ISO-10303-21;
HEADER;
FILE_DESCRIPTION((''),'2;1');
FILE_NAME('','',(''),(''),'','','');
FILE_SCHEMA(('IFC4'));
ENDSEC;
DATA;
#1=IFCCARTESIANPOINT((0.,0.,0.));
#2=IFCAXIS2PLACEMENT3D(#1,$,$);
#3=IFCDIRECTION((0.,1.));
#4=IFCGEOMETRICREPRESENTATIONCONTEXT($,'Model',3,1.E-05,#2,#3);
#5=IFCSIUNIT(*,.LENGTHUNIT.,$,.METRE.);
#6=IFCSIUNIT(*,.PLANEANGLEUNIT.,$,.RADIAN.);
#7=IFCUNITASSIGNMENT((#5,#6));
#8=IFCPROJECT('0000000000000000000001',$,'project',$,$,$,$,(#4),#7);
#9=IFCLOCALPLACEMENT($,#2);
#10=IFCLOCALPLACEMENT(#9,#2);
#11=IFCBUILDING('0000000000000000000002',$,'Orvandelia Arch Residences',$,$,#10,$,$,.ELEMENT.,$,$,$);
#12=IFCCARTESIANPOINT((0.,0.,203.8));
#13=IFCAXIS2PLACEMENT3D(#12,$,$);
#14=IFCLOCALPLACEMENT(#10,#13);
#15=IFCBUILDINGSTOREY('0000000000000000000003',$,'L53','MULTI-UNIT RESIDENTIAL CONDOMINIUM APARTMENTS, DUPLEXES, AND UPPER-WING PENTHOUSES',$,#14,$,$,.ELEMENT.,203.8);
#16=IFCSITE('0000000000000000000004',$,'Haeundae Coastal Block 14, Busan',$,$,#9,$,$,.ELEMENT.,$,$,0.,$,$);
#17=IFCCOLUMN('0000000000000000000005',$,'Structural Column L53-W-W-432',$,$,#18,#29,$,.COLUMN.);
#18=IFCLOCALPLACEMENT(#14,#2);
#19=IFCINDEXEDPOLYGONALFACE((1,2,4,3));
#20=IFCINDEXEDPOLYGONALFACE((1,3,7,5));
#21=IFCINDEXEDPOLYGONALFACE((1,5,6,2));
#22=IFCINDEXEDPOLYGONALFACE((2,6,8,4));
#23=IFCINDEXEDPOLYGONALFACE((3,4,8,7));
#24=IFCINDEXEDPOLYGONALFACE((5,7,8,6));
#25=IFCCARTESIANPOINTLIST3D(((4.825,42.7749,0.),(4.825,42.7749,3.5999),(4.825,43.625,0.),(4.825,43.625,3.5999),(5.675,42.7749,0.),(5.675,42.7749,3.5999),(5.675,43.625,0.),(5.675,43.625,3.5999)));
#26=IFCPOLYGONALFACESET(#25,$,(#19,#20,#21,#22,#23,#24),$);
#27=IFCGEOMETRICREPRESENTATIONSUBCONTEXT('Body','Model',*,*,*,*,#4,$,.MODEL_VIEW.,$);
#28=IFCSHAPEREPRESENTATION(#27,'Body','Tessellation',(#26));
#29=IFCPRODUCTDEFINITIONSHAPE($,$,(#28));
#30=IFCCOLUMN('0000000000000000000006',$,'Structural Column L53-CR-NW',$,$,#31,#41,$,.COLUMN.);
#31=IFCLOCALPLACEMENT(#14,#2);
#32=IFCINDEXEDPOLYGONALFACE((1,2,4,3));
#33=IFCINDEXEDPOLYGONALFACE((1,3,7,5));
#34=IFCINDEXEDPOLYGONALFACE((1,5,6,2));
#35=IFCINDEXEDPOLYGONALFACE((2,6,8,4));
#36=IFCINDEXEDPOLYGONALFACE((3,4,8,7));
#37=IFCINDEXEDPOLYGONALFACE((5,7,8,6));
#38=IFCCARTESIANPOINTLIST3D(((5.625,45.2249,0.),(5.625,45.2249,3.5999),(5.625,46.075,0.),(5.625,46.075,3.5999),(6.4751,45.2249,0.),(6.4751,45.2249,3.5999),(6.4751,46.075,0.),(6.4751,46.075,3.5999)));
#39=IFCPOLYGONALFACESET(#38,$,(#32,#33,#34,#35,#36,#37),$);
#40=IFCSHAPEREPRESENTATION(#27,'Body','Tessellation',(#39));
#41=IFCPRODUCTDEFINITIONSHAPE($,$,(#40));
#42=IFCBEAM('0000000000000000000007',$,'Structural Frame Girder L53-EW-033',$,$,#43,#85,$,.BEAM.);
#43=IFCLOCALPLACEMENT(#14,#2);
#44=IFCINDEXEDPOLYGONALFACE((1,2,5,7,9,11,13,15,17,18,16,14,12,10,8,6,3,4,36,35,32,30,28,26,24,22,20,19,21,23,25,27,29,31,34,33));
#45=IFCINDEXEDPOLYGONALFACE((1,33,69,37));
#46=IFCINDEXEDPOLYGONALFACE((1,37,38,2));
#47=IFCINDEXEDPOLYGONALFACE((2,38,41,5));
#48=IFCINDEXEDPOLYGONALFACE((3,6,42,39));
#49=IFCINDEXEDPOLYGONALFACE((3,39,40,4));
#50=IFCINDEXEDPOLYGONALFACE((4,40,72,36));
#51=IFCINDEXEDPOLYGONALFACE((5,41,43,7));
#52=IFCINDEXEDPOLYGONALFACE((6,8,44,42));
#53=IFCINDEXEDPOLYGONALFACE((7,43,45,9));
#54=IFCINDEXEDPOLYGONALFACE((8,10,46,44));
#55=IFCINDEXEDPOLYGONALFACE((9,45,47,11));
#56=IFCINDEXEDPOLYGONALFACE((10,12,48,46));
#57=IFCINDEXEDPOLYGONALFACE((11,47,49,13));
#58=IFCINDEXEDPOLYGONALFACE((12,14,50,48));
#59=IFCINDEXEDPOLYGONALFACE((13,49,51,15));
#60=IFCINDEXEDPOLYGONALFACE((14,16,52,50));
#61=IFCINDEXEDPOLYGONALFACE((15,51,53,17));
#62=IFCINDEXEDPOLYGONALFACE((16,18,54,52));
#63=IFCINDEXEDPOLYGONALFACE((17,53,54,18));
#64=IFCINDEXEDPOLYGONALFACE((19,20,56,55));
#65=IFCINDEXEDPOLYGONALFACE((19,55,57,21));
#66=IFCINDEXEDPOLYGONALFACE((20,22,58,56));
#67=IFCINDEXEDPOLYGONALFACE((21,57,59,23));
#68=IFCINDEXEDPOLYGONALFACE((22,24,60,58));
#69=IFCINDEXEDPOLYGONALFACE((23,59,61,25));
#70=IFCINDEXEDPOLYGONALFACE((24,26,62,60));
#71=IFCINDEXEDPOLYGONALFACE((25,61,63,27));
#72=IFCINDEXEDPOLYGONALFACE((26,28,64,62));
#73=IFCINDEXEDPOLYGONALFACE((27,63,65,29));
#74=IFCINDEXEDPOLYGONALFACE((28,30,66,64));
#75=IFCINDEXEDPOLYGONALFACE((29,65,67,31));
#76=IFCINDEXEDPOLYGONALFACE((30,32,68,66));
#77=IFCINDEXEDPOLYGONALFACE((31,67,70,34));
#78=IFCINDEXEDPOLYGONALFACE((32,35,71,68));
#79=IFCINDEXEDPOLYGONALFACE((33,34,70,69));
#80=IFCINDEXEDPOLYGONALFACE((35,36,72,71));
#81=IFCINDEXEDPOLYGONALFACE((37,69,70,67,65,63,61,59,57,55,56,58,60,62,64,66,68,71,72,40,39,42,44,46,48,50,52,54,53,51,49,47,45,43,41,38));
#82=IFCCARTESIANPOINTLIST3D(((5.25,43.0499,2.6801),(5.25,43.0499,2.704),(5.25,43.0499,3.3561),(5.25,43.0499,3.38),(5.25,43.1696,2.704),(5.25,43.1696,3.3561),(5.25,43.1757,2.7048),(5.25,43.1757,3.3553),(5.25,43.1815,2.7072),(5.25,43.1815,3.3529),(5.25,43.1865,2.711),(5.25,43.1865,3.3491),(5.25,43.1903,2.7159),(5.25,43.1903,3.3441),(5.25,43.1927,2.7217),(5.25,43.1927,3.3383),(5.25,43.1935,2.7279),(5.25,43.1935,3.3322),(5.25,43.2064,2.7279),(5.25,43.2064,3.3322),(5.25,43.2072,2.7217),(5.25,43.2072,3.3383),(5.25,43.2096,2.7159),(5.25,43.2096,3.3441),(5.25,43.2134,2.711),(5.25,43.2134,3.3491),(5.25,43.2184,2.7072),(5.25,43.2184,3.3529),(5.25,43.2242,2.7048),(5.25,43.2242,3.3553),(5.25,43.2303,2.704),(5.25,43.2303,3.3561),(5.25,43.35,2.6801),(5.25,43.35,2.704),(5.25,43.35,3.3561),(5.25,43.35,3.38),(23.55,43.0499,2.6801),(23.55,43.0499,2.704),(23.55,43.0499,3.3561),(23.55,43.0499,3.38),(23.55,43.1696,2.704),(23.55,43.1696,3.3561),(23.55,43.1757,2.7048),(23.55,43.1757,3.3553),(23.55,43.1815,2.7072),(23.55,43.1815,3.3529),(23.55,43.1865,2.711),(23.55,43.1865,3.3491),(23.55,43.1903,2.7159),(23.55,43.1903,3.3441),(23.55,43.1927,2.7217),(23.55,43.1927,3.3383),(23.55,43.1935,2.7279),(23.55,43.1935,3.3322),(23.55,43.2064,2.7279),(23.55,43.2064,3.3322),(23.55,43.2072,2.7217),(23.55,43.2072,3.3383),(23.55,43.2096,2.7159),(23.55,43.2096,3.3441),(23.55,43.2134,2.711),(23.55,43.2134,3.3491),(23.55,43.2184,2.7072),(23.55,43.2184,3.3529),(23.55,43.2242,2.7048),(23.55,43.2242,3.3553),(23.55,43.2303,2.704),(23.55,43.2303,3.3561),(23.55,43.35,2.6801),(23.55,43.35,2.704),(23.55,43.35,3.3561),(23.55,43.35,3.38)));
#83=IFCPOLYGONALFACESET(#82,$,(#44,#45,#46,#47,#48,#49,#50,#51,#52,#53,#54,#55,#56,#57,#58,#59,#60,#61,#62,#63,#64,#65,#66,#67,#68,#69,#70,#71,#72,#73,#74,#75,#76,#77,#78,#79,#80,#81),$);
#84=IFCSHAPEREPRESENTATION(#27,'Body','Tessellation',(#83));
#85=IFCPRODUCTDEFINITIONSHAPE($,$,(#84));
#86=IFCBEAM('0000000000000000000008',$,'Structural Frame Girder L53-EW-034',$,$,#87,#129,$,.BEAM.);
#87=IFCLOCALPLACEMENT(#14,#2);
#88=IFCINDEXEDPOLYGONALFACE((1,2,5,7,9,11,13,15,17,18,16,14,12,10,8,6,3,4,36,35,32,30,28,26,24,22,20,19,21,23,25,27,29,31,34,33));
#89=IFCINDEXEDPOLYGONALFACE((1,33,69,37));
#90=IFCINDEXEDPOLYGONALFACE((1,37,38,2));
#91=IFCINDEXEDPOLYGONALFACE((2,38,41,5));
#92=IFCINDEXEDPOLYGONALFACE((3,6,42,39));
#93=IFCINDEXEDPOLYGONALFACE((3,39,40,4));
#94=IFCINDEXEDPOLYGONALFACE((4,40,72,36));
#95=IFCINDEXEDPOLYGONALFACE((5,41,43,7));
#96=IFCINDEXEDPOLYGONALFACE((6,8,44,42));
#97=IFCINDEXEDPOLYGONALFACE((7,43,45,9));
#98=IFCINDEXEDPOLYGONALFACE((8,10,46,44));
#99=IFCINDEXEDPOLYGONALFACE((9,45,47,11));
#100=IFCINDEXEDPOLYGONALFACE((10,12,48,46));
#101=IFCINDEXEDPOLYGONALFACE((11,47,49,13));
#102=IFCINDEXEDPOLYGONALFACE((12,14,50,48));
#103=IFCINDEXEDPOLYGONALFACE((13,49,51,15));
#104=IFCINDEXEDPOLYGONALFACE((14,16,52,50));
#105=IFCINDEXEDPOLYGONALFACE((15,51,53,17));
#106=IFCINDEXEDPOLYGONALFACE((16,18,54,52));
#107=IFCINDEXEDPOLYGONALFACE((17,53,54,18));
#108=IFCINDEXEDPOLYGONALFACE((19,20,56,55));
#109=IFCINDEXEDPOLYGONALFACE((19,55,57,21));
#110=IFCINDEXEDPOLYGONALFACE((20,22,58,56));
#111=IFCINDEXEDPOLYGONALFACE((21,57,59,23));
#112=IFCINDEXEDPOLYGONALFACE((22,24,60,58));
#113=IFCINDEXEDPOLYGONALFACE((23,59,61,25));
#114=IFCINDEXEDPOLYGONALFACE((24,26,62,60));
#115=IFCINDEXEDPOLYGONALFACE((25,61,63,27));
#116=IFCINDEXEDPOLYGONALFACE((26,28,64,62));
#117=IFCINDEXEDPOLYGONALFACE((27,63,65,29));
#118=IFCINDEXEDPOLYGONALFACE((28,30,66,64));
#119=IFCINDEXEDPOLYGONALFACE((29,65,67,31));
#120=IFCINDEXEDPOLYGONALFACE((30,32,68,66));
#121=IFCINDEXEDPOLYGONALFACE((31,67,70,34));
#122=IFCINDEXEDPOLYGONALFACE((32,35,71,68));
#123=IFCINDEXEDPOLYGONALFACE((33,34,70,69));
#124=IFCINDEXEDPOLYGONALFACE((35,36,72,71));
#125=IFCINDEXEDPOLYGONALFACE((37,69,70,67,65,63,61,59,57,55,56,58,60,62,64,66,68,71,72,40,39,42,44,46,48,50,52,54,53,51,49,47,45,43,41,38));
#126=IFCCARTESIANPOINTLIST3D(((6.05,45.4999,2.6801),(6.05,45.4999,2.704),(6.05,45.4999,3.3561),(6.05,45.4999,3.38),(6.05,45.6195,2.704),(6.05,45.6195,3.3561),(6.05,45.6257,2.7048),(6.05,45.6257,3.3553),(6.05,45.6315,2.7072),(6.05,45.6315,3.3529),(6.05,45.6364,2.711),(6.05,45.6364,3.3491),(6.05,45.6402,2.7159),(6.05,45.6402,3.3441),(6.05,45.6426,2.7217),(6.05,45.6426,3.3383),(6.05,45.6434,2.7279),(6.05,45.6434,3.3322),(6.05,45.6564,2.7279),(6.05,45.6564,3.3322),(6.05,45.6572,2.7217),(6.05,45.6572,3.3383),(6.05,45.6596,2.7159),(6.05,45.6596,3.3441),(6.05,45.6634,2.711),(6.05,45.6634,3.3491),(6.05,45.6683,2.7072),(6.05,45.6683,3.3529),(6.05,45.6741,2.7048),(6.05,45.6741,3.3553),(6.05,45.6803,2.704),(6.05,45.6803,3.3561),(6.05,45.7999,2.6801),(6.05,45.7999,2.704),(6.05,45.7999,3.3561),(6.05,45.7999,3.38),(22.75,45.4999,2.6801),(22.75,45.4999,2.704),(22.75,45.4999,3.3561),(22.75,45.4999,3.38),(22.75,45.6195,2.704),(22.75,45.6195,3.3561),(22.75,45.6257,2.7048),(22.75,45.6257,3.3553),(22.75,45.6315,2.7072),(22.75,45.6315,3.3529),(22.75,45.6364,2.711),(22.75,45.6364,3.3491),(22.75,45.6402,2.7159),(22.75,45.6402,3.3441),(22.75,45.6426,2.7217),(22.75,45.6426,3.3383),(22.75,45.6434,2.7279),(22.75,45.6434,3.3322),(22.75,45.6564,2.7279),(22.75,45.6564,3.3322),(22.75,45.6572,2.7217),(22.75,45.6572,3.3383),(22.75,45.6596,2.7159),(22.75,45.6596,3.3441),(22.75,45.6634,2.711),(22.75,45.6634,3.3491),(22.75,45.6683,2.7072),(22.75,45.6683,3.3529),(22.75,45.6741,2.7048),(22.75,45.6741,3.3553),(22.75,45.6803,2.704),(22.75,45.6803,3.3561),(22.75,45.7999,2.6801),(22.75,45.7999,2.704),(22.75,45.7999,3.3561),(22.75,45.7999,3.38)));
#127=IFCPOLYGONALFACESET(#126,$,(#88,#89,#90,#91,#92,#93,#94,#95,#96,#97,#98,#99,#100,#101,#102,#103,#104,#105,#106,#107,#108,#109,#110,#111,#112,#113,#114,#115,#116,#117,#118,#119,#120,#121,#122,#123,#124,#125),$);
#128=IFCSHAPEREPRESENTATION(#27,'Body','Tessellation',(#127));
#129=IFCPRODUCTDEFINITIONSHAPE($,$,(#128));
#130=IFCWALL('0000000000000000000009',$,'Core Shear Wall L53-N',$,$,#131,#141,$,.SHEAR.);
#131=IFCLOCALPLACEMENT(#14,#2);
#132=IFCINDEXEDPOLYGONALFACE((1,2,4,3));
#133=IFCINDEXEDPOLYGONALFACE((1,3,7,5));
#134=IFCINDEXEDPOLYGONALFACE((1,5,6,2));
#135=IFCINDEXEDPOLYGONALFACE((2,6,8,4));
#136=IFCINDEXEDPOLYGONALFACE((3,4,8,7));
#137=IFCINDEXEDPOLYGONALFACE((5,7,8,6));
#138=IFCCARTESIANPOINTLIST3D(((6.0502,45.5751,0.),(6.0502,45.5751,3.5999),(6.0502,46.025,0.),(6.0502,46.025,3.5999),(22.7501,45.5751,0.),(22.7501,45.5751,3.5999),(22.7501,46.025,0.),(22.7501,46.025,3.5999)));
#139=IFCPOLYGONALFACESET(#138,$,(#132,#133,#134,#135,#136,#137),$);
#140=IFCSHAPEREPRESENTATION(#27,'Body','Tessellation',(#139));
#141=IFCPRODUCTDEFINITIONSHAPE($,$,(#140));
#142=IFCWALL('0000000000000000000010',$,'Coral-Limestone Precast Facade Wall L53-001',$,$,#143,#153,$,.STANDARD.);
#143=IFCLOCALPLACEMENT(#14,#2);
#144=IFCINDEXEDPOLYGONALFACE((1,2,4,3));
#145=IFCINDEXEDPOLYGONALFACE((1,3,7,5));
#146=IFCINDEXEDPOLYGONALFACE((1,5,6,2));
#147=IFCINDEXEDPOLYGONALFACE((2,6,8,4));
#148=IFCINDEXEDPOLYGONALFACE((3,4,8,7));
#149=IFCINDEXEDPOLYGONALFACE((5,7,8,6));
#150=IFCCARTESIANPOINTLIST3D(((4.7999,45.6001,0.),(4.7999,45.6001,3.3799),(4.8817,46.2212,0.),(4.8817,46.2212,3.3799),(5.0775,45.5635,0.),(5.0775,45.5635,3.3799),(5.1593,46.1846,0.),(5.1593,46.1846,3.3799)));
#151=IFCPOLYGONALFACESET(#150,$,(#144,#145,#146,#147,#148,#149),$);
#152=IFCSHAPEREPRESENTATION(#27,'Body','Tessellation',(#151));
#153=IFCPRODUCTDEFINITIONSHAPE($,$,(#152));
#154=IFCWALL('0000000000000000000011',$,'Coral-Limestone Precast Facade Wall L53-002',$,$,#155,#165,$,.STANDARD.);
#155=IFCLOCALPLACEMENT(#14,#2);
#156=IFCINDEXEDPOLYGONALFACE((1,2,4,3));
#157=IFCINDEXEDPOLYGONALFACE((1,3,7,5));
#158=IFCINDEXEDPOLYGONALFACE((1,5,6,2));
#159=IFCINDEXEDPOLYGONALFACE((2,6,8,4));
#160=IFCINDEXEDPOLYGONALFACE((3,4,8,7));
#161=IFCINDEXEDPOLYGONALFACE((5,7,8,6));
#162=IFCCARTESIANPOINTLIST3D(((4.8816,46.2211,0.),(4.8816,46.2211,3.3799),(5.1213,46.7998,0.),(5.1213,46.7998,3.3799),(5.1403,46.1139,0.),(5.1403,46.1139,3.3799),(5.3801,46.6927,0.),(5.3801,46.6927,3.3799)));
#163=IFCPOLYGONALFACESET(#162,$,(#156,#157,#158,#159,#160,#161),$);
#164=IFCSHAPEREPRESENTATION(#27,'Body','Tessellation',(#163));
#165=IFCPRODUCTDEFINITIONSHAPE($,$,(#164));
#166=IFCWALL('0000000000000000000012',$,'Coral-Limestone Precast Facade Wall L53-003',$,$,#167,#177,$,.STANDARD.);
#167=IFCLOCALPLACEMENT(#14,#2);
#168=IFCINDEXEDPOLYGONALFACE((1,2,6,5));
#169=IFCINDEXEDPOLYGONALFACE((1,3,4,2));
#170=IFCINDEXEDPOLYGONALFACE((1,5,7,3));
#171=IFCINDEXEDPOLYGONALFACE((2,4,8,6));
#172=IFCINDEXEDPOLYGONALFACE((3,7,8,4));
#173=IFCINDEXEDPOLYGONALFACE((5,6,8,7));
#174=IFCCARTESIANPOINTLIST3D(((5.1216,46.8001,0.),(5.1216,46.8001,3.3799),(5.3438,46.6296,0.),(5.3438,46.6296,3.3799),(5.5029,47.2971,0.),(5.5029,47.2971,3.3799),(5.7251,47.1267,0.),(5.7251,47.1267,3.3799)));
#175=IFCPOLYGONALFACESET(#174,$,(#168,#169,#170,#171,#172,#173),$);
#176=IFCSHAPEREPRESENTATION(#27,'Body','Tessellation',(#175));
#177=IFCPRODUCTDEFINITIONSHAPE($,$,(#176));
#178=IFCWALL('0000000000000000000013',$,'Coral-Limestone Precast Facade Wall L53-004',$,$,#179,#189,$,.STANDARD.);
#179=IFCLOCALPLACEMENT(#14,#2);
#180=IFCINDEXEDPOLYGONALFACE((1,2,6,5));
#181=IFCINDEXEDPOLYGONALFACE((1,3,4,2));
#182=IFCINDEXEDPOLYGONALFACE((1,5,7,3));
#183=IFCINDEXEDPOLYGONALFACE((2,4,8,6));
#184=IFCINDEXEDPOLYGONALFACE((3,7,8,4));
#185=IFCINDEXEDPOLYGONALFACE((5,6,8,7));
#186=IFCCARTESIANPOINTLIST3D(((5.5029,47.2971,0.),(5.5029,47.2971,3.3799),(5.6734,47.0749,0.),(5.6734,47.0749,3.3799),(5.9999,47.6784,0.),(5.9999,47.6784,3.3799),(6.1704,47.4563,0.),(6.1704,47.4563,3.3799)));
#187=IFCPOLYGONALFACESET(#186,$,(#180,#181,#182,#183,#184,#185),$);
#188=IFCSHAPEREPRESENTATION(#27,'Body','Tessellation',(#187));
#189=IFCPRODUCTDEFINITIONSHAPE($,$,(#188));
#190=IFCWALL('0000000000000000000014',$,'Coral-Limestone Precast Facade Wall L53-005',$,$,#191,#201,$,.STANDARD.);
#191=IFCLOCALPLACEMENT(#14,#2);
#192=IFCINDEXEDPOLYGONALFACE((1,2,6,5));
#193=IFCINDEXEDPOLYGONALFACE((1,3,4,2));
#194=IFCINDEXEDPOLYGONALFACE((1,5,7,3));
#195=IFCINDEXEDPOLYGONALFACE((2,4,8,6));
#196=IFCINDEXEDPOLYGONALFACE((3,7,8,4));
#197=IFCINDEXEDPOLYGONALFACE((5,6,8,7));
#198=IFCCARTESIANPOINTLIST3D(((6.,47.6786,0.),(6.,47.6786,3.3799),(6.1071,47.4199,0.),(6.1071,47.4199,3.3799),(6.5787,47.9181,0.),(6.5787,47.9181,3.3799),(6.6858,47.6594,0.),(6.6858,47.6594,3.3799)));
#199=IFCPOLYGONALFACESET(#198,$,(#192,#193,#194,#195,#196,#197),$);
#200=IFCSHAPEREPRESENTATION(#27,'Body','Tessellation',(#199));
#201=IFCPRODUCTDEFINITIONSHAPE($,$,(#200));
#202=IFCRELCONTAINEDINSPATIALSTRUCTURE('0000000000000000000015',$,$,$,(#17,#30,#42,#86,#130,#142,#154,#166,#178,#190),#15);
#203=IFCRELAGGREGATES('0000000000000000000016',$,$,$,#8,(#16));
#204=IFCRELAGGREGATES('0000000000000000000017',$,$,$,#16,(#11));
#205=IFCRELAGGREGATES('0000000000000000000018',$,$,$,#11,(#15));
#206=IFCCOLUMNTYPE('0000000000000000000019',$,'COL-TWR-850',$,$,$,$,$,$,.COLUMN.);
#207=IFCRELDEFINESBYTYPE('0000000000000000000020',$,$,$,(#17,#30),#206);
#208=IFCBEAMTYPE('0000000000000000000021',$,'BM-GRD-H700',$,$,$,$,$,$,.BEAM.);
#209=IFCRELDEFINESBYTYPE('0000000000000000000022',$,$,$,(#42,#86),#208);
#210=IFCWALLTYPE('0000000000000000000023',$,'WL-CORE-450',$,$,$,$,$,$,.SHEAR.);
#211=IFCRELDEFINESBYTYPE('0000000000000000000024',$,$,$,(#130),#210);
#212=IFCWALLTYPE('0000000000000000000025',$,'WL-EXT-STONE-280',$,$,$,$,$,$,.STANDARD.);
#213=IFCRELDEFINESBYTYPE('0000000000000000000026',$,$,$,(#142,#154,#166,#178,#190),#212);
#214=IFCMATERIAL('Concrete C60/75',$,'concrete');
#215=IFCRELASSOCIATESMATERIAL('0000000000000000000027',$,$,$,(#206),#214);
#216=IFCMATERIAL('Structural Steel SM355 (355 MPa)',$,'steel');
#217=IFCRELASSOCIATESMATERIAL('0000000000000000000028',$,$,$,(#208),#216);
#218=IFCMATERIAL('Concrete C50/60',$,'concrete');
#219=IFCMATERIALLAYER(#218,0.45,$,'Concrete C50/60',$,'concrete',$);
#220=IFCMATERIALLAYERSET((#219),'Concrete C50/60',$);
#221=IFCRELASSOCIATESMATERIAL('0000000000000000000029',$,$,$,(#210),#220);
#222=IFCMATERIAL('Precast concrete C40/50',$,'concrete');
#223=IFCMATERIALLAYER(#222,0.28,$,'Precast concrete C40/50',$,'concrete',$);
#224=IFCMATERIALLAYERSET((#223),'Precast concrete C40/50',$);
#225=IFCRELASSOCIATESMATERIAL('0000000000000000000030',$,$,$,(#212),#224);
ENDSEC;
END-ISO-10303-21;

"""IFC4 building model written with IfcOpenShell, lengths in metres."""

from ifc_helpers import new_model, si_unit, direction, frame, frame_2d, origin, origin_2d, place, context, subcontext, project, spatial, rectangle, i_section, extrude, material, layer, layer_set, material_profile, profile_set, type_object, element, save


model = new_model("IFC4")

# Units and contexts
model_context = context("Model", 3, precision=1e-05, world=origin(), true_north=direction((0.0, 1.0)))
body_context = subcontext(model_context, "Body", "Model", "MODEL_VIEW")
ifc_project = project(units=[si_unit("LENGTHUNIT", "METRE"), si_unit("PLANEANGLEUNIT", "RADIAN")], contexts=[model_context])

# Site, building, storey
site_placement = place(None, origin())
site = spatial("IfcSite", under=ifc_project, at=site_placement, Name="Haeundae Coastal Block 14, Busan", CompositionType="ELEMENT", RefElevation=0.0)
building_placement = place(site_placement, origin())
building = spatial("IfcBuilding", under=site, at=building_placement, Name="Orvandelia Arch Residences", CompositionType="ELEMENT")
storey_placement = place(building_placement, frame((0.0, 0.0, 203.8)))
storey = spatial("IfcBuildingStorey", under=building, at=storey_placement, Name="L53", Description="MULTI-UNIT RESIDENTIAL CONDOMINIUM APARTMENTS, DUPLEXES, AND UPPER-WING PENTHOUSES", CompositionType="ELEMENT", Elevation=203.8)

# Columns
ifc_material_1 = material(Name="Concrete C60/75", Category="concrete")
ifc_material_profile_1 = material_profile(ifc_material_1, rectangle(XDim=0.8501, YDim=0.8501, at=origin_2d()), Name="Concrete C60/75", Category="concrete")
ifc_profile_set_1 = profile_set([ifc_material_profile_1], Name="Concrete C60/75")
column_type = type_object("IfcColumnType", Name="COL-TWR-850", PredefinedType="COLUMN", material=ifc_profile_set_1)
for number, where, z_axis, x_axis, name in (
    (1, (5.25, 43.2, 0.0), (0.0, 0.0, 1.0), (1.0, 0.0, 0.0), "Structural Column L53-W-W-432"),
    (2, (6.05, 45.6499, 0.0), (0.0, 0.0, 1.0), (1.0, 0.0, 0.0), "Structural Column L53-CR-NW"),
):
    element("IfcColumn", number, at=place(storey_placement, frame(where, z_axis=z_axis, x_axis=x_axis)), inside=storey, type_object=column_type, Name=name, PredefinedType="COLUMN", context=body_context, shape_type="SweptSolid", body=[
        extrude(rectangle(XDim=0.8501, YDim=0.8501, at=origin_2d()), origin(), (0.0, 0.0, 1.0), 3.5999),
    ])

# Beams
ifc_material_2 = material(Name="Structural Steel SM355 (355 MPa)", Category="steel")
ifc_material_profile_2 = material_profile(ifc_material_2, i_section(OverallWidth=0.3, OverallDepth=0.7, WebThickness=0.0129, FlangeThickness=0.0239, FilletRadius=0.0239, at=origin_2d()), Name="Structural Steel SM355 (355 MPa)", Category="steel")
ifc_profile_set_2 = profile_set([ifc_material_profile_2], Name="Structural Steel SM355 (355 MPa)")
beam_type = type_object("IfcBeamType", Name="BM-GRD-H700", PredefinedType="BEAM", material=ifc_profile_set_2)
beam_1_placement = place(storey_placement, frame((5.25, 43.2, 3.03), z_axis=(1.0, 0.0, 0.0), x_axis=(0.0, 1.0, 0.0)))
element("IfcBeam", 3, at=beam_1_placement, inside=storey, type_object=beam_type, Name="Structural Frame Girder L53-EW-033", PredefinedType="BEAM", context=body_context, shape_type="SweptSolid", body=[
    extrude(i_section(OverallWidth=0.3, OverallDepth=0.7, WebThickness=0.0129, FlangeThickness=0.0239, FilletRadius=0.0239, at=origin_2d()), origin(), (0.0, 0.0, 1.0), 18.3),
])
beam_2_placement = place(storey_placement, frame((6.05, 45.6499, 3.03), z_axis=(1.0, 0.0, 0.0), x_axis=(0.0, 1.0, 0.0)))
element("IfcBeam", 4, at=beam_2_placement, inside=storey, type_object=beam_type, Name="Structural Frame Girder L53-EW-034", PredefinedType="BEAM", context=body_context, shape_type="SweptSolid", body=[
    extrude(i_section(OverallWidth=0.3, OverallDepth=0.7, WebThickness=0.0129, FlangeThickness=0.0239, FilletRadius=0.0239, at=origin_2d()), origin(), (0.0, 0.0, 1.0), 16.7),
])

# Walls
ifc_material_3 = material(Name="Concrete C50/60", Category="concrete")
ifc_layer_1 = layer(ifc_material_3, 0.45, Name="Concrete C50/60", Category="concrete")
ifc_layer_set_1 = layer_set([ifc_layer_1], Name="Concrete C50/60")
wall_type_1 = type_object("IfcWallType", Name="WL-CORE-450", PredefinedType="SHEAR", material=ifc_layer_set_1)
wall_1_placement = place(storey_placement, frame((6.05, 45.8, 0.0), z_axis=(0.0, 0.0, 1.0), x_axis=(1.0, 0.0, 0.0)))
element("IfcWall", 5, at=wall_1_placement, inside=storey, type_object=wall_type_1, Name="Core Shear Wall L53-N", PredefinedType="SHEAR", context=body_context, shape_type="SweptSolid", body=[
    extrude(rectangle(XDim=16.7, YDim=0.45, at=frame_2d((8.3501, 0.0))), origin(), (0.0, 0.0, 1.0), 3.5999),
])
ifc_material_4 = material(Name="Precast concrete C40/50", Category="concrete")
ifc_layer_2 = layer(ifc_material_4, 0.28, Name="Precast concrete C40/50", Category="concrete")
ifc_layer_set_2 = layer_set([ifc_layer_2], Name="Precast concrete C40/50")
wall_type_2 = type_object("IfcWallType", Name="WL-EXT-STONE-280", PredefinedType="STANDARD", material=ifc_layer_set_2)
for number, where, z_axis, x_axis, name in (
    (6, (4.9387, 45.5818, 0.0), (0.0, 0.0, 1.0), (0.130555, 0.991441, 0.0), "Coral-Limestone Precast Facade Wall L53-001"),
    (7, (5.011, 46.1675, 0.0), (0.0, 0.0, 1.0), (0.38265, 0.923893, 0.0), "Coral-Limestone Precast Facade Wall L53-002"),
    (8, (5.2327, 46.7148, 0.0), (0.0, 0.0, 1.0), (0.608693, 0.793406, 0.0), "Coral-Limestone Precast Facade Wall L53-003"),
    (9, (5.5881, 47.186, 0.0), (0.0, 0.0, 1.0), (0.793406, 0.608693, 0.0), "Coral-Limestone Precast Facade Wall L53-004"),
):
    element("IfcWall", number, at=place(storey_placement, frame(where, z_axis=z_axis, x_axis=x_axis)), inside=storey, type_object=wall_type_2, Name=name, PredefinedType="STANDARD", context=body_context, shape_type="SweptSolid", body=[
        extrude(rectangle(XDim=0.6265, YDim=0.28, at=frame_2d((0.3132, 0.0))), origin(), (0.0, 0.0, 1.0), 3.3799),
    ])
wall_2_placement = place(storey_placement, frame((6.0537, 47.5493, 0.0), z_axis=(0.0, 0.0, 1.0), x_axis=(0.923974, 0.382455, 0.0)))
element("IfcWall", 10, at=wall_2_placement, inside=storey, type_object=wall_type_2, Name="Coral-Limestone Precast Facade Wall L53-005", PredefinedType="STANDARD", context=body_context, shape_type="SweptSolid", body=[
    extrude(rectangle(XDim=0.6262, YDim=0.28, at=frame_2d((0.313, 0.0))), origin(), (0.0, 0.0, 1.0), 3.3799),
])

save(model, "model.ifc")
